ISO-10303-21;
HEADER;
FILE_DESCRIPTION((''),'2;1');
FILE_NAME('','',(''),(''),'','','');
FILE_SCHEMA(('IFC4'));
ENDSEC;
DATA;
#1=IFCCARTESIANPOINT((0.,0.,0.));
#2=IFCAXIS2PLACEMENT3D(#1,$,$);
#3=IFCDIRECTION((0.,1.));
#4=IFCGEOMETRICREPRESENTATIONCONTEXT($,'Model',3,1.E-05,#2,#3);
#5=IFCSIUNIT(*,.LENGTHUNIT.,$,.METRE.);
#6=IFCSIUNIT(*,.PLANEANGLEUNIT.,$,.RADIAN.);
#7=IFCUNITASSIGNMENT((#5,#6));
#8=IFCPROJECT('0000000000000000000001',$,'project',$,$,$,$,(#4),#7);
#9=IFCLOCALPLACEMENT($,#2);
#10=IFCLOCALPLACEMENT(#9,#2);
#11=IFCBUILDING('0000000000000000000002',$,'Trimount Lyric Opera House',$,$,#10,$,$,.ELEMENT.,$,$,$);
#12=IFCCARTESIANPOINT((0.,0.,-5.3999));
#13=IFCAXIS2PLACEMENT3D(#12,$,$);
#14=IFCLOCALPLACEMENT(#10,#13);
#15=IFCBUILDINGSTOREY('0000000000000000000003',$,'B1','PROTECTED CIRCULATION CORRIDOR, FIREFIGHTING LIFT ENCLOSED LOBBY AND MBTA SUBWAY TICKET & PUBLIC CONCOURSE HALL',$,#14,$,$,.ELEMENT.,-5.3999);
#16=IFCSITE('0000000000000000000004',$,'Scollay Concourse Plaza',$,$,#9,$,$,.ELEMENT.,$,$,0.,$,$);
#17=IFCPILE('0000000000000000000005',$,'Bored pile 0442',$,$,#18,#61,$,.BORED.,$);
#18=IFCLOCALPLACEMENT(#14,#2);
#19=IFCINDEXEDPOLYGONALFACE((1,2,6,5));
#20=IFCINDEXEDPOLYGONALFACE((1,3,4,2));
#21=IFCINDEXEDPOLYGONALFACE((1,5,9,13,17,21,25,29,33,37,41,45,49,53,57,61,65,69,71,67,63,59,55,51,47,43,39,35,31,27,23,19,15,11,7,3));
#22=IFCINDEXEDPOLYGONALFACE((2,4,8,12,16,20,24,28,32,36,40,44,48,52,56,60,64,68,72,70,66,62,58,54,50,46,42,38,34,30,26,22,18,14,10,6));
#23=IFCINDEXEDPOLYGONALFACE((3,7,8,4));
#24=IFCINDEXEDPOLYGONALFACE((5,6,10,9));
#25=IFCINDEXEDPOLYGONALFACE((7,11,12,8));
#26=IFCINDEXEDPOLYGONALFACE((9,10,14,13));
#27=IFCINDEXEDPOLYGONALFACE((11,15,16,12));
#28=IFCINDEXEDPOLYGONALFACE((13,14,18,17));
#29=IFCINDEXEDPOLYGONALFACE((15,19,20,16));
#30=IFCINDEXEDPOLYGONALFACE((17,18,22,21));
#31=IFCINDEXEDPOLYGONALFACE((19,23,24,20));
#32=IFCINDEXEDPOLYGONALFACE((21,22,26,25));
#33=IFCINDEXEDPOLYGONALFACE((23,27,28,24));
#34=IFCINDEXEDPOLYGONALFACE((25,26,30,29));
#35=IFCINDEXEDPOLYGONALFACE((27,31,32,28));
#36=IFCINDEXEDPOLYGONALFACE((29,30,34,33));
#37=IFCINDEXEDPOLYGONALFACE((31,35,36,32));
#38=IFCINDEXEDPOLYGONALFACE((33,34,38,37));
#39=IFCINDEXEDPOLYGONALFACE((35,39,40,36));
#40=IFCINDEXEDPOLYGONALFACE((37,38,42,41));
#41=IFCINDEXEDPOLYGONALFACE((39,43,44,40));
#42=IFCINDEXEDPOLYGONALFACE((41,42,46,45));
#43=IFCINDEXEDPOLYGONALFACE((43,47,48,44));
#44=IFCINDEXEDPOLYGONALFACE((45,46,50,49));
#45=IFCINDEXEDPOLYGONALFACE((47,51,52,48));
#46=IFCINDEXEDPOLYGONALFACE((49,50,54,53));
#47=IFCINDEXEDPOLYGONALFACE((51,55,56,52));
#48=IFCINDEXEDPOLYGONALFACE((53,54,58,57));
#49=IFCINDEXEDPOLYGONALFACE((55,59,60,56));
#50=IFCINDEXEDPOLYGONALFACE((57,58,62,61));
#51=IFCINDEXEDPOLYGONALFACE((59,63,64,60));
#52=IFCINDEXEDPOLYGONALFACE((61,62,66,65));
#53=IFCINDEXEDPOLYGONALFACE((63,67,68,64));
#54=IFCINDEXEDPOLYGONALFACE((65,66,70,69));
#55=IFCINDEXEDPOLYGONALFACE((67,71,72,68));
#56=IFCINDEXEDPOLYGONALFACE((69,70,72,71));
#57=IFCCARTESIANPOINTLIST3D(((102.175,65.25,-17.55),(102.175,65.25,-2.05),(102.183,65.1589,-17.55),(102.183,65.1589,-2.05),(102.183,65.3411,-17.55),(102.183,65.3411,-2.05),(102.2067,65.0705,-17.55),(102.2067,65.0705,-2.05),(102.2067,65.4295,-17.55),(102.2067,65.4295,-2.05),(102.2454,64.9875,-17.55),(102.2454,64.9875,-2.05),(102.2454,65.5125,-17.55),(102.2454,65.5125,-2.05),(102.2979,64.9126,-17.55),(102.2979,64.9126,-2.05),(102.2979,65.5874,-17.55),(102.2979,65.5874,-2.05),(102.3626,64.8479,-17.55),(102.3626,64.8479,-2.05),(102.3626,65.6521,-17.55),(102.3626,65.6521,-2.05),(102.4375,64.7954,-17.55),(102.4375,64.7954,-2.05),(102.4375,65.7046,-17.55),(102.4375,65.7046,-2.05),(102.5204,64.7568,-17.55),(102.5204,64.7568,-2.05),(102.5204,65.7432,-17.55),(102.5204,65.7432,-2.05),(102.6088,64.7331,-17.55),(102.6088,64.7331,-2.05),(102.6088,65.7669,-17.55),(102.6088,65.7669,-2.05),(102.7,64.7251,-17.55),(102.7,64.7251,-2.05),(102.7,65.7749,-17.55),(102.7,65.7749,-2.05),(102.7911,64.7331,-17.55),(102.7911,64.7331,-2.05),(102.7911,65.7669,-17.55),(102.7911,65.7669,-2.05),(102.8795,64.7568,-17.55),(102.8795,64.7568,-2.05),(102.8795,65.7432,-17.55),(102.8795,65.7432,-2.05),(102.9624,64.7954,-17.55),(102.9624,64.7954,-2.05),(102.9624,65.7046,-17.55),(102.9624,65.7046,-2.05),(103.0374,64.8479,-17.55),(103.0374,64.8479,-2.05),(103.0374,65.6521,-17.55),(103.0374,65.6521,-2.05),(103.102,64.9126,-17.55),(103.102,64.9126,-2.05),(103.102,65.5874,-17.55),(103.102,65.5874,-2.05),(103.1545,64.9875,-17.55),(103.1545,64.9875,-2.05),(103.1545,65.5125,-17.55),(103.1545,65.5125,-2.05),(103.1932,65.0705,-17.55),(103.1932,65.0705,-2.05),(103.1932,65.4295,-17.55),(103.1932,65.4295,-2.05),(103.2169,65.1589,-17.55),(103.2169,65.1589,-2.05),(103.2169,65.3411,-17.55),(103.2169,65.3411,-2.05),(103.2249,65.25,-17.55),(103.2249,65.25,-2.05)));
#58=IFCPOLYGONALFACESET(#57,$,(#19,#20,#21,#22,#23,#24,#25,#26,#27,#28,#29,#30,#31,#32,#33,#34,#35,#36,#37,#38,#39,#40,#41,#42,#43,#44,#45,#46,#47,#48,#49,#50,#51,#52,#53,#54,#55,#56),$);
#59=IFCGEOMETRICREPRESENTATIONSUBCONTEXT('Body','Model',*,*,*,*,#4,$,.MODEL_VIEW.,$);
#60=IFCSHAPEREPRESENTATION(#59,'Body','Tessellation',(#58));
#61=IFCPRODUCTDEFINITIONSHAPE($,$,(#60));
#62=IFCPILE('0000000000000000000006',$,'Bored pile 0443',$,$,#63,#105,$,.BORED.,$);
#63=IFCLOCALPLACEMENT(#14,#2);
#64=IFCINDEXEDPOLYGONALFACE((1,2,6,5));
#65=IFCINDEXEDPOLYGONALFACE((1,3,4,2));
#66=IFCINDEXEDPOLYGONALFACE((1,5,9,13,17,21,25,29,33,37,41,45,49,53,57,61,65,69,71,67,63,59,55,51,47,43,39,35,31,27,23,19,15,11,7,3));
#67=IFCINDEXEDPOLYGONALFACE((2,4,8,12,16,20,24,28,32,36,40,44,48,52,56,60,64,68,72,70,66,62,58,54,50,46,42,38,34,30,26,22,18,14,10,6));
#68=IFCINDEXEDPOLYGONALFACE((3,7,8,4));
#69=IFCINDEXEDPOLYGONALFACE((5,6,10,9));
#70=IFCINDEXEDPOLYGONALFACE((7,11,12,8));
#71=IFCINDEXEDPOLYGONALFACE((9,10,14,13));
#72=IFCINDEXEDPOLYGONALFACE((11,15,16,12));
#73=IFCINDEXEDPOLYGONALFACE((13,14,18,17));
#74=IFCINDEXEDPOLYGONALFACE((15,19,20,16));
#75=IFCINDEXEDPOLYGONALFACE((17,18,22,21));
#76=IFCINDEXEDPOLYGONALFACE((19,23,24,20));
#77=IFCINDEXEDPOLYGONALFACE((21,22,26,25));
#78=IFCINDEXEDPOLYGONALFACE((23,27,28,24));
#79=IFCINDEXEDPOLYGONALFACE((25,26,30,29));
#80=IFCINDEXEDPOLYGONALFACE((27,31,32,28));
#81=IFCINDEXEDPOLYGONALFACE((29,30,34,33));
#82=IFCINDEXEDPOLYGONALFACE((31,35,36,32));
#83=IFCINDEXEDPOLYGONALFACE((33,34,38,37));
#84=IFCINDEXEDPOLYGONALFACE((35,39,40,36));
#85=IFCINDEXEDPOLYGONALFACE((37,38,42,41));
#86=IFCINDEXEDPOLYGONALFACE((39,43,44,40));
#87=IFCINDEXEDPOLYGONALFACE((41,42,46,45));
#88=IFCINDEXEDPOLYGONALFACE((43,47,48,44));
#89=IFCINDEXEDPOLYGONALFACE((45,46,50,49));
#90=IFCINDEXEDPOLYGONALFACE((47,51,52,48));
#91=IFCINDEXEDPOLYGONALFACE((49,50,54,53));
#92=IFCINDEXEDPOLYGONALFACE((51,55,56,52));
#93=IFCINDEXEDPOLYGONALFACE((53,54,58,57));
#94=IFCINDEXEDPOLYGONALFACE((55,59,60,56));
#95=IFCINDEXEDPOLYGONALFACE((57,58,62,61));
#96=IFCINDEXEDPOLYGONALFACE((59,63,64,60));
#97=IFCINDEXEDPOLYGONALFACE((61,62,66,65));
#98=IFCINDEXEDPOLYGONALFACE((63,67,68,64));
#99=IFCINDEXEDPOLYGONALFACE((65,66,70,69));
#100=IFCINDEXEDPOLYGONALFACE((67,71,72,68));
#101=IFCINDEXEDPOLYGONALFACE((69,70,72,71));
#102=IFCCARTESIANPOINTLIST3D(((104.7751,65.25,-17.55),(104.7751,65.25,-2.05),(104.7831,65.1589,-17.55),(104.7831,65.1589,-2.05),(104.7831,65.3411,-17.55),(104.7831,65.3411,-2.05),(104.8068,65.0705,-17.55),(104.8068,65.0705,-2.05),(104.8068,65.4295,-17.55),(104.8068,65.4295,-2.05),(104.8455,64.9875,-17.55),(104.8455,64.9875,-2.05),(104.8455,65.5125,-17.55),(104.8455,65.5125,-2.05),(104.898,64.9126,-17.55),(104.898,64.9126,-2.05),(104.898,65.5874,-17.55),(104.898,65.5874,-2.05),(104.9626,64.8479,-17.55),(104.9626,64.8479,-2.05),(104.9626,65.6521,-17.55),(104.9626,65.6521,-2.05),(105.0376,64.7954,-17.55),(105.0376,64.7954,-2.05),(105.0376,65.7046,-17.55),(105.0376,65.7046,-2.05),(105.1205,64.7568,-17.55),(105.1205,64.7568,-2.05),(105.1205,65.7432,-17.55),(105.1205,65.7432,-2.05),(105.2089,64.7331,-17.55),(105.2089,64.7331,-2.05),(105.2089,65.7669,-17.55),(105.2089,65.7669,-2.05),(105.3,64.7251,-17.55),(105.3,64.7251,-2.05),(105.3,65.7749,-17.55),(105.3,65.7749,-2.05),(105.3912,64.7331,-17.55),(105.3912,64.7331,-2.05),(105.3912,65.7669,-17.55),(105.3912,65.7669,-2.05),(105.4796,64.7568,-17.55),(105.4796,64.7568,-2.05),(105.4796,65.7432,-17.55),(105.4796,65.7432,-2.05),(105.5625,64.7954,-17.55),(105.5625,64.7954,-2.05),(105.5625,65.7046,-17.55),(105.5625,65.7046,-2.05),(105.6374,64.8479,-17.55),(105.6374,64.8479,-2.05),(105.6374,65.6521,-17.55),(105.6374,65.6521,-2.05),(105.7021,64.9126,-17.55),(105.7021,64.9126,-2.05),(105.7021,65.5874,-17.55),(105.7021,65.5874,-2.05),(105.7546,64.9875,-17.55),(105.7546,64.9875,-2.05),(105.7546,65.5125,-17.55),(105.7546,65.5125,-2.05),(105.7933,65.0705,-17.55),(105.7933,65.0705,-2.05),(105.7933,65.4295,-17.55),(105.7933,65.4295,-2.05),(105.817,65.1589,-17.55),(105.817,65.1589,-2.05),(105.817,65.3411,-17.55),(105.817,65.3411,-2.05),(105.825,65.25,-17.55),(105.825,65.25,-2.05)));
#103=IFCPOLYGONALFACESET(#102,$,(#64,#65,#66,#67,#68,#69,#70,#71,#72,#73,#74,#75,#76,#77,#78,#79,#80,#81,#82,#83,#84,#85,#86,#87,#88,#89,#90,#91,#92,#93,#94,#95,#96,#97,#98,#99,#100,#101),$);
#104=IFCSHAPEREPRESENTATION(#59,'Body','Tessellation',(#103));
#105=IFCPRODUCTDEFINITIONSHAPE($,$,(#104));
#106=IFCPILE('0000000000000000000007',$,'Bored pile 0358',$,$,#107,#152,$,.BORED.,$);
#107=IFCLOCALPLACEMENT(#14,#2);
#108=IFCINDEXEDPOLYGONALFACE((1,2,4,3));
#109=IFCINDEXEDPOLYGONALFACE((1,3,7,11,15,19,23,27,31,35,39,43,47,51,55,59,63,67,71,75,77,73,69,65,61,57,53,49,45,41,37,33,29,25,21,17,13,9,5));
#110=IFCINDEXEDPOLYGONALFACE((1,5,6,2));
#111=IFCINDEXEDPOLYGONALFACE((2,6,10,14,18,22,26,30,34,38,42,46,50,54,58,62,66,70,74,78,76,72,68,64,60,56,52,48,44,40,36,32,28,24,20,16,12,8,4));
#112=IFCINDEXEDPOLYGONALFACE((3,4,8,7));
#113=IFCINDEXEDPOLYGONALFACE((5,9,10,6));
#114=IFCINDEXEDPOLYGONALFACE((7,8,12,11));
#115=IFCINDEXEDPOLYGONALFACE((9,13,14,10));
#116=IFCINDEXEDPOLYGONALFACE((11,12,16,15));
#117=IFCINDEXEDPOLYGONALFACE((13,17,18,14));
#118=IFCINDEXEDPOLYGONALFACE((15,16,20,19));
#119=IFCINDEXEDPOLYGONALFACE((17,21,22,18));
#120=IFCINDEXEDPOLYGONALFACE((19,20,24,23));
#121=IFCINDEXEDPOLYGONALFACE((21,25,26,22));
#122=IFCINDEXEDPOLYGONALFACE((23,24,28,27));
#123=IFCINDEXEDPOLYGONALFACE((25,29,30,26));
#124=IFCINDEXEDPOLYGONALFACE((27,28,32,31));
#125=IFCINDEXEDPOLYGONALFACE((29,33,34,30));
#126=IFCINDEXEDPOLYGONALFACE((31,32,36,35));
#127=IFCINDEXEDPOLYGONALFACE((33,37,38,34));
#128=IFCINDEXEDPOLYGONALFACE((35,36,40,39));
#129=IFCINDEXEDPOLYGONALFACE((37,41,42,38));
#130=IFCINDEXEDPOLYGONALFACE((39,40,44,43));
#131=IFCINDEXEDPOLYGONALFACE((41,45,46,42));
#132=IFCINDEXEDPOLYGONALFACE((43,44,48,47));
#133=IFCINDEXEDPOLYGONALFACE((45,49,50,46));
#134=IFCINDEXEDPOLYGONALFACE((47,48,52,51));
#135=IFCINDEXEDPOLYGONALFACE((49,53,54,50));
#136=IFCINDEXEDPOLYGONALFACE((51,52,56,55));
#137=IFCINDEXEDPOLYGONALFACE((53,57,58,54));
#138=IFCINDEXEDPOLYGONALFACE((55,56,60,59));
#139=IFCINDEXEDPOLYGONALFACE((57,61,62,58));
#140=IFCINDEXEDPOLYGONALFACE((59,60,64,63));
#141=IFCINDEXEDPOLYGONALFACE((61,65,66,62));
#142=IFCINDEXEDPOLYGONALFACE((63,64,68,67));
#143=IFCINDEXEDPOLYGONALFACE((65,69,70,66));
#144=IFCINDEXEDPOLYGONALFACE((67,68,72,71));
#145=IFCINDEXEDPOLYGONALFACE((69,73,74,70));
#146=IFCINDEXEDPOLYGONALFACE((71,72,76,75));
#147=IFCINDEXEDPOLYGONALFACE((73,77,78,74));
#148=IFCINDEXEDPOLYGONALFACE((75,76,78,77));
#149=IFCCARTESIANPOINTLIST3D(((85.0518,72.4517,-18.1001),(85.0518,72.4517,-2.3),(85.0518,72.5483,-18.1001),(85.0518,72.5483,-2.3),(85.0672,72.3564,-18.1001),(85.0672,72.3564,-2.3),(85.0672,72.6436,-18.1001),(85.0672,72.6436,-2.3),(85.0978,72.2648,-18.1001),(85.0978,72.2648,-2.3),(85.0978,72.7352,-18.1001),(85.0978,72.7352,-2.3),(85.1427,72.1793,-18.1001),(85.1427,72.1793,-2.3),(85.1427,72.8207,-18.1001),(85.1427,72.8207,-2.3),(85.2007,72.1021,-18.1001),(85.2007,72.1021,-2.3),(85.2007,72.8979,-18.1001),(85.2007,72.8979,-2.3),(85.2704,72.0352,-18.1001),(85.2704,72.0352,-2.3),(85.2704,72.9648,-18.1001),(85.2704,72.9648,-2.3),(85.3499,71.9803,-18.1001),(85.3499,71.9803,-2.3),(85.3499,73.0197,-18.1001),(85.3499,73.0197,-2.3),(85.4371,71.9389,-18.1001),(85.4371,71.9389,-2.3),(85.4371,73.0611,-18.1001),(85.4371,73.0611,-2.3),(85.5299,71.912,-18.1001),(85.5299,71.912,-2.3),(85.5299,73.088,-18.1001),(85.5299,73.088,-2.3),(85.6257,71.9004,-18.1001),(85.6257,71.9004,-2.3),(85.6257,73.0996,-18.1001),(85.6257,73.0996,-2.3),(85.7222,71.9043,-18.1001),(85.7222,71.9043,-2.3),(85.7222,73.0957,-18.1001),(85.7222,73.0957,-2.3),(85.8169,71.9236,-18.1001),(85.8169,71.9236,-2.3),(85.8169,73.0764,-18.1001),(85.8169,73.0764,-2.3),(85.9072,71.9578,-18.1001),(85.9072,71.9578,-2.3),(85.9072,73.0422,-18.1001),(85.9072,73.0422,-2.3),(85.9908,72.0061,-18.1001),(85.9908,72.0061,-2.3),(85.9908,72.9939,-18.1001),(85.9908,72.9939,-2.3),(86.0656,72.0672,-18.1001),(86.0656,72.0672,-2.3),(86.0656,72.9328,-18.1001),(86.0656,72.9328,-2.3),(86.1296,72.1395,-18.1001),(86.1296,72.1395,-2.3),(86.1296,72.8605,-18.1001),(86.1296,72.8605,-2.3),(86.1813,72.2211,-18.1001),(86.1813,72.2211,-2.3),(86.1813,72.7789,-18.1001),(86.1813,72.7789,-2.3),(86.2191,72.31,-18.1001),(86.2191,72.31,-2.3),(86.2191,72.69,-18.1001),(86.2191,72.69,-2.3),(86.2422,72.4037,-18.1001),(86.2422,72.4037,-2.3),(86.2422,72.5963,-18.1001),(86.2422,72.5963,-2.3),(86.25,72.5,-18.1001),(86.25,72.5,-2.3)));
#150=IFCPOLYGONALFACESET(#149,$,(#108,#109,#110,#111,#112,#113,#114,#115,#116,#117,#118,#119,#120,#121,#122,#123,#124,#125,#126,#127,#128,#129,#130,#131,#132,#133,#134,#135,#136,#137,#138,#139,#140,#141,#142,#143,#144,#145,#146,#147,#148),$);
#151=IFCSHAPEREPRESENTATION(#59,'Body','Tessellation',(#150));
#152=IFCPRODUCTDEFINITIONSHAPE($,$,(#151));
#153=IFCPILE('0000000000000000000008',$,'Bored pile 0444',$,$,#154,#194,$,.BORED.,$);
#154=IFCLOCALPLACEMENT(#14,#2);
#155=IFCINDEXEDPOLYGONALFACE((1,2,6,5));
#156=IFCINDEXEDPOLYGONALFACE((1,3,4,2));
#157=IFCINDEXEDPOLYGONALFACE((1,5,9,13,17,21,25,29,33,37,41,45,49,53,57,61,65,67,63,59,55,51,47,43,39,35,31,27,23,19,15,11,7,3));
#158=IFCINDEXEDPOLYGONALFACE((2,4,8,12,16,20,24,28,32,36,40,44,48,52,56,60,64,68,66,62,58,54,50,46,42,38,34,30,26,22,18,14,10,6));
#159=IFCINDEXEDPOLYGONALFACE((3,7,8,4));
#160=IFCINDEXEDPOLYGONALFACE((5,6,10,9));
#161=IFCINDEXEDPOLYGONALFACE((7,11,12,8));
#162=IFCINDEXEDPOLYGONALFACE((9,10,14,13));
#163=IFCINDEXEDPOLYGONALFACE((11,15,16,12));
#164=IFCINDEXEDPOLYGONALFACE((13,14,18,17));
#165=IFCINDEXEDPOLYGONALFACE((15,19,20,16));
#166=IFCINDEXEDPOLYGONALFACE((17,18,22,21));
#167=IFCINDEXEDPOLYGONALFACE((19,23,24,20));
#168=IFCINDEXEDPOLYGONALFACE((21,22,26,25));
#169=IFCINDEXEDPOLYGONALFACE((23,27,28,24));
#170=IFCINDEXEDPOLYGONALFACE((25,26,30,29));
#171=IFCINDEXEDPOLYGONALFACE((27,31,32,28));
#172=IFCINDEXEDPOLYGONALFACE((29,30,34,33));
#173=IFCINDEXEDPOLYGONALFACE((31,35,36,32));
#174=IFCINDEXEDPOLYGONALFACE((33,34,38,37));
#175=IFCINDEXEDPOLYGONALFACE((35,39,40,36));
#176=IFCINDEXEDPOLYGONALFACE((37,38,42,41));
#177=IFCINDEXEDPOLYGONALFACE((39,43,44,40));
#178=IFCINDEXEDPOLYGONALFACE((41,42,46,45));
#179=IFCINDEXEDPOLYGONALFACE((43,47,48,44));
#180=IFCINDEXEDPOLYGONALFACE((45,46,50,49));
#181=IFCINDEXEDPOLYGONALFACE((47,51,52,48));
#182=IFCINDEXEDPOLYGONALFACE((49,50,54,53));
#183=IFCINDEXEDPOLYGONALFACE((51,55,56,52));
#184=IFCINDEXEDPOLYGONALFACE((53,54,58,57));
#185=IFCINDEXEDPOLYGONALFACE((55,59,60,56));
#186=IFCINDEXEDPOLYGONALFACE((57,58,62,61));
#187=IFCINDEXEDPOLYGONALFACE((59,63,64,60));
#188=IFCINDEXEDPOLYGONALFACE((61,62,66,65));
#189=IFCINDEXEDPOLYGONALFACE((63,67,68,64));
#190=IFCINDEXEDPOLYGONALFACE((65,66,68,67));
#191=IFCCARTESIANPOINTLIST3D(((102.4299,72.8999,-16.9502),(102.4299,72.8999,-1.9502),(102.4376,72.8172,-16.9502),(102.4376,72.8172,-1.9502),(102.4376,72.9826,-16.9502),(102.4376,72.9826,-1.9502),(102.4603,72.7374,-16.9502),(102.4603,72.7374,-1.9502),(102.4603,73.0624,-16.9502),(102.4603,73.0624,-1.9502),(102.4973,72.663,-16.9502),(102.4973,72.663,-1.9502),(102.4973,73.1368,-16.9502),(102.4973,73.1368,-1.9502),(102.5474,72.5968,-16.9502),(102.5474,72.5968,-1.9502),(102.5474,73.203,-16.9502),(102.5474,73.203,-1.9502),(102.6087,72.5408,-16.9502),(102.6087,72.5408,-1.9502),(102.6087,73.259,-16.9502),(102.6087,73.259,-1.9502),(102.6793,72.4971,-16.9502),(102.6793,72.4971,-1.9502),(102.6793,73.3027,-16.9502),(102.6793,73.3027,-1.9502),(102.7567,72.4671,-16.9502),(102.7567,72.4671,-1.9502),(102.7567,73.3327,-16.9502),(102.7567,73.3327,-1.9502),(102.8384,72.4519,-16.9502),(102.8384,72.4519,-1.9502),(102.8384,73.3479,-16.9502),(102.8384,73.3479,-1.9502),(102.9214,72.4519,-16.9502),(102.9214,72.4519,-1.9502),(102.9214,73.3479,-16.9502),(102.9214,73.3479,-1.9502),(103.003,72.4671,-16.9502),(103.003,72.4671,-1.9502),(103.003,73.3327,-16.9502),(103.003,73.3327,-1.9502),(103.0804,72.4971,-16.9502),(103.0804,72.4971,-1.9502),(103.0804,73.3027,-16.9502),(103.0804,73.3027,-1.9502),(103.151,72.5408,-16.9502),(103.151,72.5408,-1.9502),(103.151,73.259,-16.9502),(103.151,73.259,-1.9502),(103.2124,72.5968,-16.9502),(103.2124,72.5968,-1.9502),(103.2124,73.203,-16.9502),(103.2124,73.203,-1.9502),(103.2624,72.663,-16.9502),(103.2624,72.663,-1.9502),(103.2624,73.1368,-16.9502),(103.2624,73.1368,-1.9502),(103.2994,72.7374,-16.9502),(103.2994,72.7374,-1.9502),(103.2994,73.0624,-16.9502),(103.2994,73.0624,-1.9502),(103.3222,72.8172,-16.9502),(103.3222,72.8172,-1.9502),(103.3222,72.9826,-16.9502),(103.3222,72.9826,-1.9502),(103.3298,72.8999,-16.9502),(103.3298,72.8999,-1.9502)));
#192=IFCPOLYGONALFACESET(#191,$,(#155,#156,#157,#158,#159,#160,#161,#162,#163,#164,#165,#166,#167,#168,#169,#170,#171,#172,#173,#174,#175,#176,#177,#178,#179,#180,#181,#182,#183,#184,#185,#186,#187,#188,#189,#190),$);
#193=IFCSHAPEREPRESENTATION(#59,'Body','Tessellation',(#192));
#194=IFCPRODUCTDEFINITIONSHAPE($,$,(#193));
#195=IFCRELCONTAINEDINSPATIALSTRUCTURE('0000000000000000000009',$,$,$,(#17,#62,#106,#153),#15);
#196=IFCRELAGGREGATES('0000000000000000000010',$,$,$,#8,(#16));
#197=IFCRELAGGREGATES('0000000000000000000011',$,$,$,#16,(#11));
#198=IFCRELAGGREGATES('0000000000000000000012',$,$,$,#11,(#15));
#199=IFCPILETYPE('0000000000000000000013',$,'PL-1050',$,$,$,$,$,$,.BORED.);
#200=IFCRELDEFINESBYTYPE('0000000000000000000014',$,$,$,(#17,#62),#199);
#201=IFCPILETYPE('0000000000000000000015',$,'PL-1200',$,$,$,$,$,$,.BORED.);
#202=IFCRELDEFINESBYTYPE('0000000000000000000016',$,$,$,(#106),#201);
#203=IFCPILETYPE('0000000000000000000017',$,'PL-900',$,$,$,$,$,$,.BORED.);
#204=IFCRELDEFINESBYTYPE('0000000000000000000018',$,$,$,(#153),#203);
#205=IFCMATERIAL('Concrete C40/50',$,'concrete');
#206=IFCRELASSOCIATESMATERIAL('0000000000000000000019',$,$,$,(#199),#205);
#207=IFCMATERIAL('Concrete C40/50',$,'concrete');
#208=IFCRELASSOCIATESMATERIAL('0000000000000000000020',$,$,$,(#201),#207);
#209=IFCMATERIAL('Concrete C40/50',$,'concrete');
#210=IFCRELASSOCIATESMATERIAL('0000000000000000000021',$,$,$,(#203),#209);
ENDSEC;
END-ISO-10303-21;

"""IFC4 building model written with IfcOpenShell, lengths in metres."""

from ifc_helpers import new_model, si_unit, direction, frame, origin, origin_2d, place, context, subcontext, project, spatial, circle, extrude, material, material_profile, profile_set, type_object, element, save


model = new_model("IFC4")

# Units and contexts
model_context = context("Model", 3, precision=1e-05, world=origin(), true_north=direction((0.0, 1.0)))
body_context = subcontext(model_context, "Body", "Model", "MODEL_VIEW")
ifc_project = project(units=[si_unit("LENGTHUNIT", "METRE"), si_unit("PLANEANGLEUNIT", "RADIAN")], contexts=[model_context])

# Site, building, storey
site_placement = place(None, origin())
site = spatial("IfcSite", under=ifc_project, at=site_placement, Name="Scollay Concourse Plaza", CompositionType="ELEMENT", RefElevation=0.0)
building_placement = place(site_placement, origin())
building = spatial("IfcBuilding", under=site, at=building_placement, Name="Trimount Lyric Opera House", CompositionType="ELEMENT")
storey_placement = place(building_placement, frame((0.0, 0.0, -5.3999)))
storey = spatial("IfcBuildingStorey", under=building, at=storey_placement, Name="B1", Description="PROTECTED CIRCULATION CORRIDOR, FIREFIGHTING LIFT ENCLOSED LOBBY AND MBTA SUBWAY TICKET & PUBLIC CONCOURSE HALL", CompositionType="ELEMENT", Elevation=-5.3999)

# Piles
ifc_material_1 = material(Name="Concrete C40/50", Category="concrete")
ifc_material_profile_1 = material_profile(ifc_material_1, circle(Radius=0.5249, at=origin_2d()), Name="PILE-D1050")
ifc_profile_set_1 = profile_set([ifc_material_profile_1], Name="Concrete C40/50")
pile_type_1 = type_object("IfcPileType", Name="PL-1050", PredefinedType="BORED", material=ifc_profile_set_1)
for number, where, z_axis, x_axis, name in (
    (1, (102.7, 65.25, -2.05), (0.0, 0.0, -1.0), (1.0, 0.0, 0.0), "Bored pile 0442"),
    (2, (105.3, 65.25, -2.05), (0.0, 0.0, -1.0), (1.0, 0.0, 0.0), "Bored pile 0443"),
):
    element("IfcPile", number, at=place(storey_placement, frame(where, z_axis=z_axis, x_axis=x_axis)), inside=storey, type_object=pile_type_1, Name=name, PredefinedType="BORED", context=body_context, shape_type="SweptSolid", body=[
        extrude(circle(Radius=0.5249, at=origin_2d()), origin(), (0.0, 0.0, 1.0), 15.5),
    ])
ifc_material_2 = material(Name="Concrete C40/50", Category="concrete")
ifc_material_profile_2 = material_profile(ifc_material_2, circle(Radius=0.6001, at=origin_2d()), Name="PILE-D1200")
ifc_profile_set_2 = profile_set([ifc_material_profile_2], Name="Concrete C40/50")
pile_type_2 = type_object("IfcPileType", Name="PL-1200", PredefinedType="BORED", material=ifc_profile_set_2)
pile_placement = place(storey_placement, frame((85.6499, 72.5, -2.3), z_axis=(0.0, 0.0, -1.0), x_axis=(1.0, 0.0, 0.0)))
element("IfcPile", 3, at=pile_placement, inside=storey, type_object=pile_type_2, Name="Bored pile 0358", PredefinedType="BORED", context=body_context, shape_type="SweptSolid", body=[
    extrude(circle(Radius=0.6001, at=origin_2d()), origin(), (0.0, 0.0, 1.0), 15.8),
])
ifc_material_3 = material(Name="Concrete C40/50", Category="concrete")
ifc_material_profile_3 = material_profile(ifc_material_3, circle(Radius=0.45, at=origin_2d()), Name="PILE-D900")
ifc_profile_set_3 = profile_set([ifc_material_profile_3], Name="Concrete C40/50")
pile_type_3 = type_object("IfcPileType", Name="PL-900", PredefinedType="BORED", material=ifc_profile_set_3)
for number, where, z_axis, x_axis, name in (
    (4, (102.8799, 72.8999, -1.9502), (0.0, 0.0, -1.0), (1.0, 0.0, 0.0), "Bored pile 0444"),
):
    element("IfcPile", number, at=place(storey_placement, frame(where, z_axis=z_axis, x_axis=x_axis)), inside=storey, type_object=pile_type_3, Name=name, PredefinedType="BORED", context=body_context, shape_type="SweptSolid", body=[
        extrude(circle(Radius=0.45, at=origin_2d()), origin(), (0.0, 0.0, 1.0), 15.0),
    ])

save(model, "model.ifc")
